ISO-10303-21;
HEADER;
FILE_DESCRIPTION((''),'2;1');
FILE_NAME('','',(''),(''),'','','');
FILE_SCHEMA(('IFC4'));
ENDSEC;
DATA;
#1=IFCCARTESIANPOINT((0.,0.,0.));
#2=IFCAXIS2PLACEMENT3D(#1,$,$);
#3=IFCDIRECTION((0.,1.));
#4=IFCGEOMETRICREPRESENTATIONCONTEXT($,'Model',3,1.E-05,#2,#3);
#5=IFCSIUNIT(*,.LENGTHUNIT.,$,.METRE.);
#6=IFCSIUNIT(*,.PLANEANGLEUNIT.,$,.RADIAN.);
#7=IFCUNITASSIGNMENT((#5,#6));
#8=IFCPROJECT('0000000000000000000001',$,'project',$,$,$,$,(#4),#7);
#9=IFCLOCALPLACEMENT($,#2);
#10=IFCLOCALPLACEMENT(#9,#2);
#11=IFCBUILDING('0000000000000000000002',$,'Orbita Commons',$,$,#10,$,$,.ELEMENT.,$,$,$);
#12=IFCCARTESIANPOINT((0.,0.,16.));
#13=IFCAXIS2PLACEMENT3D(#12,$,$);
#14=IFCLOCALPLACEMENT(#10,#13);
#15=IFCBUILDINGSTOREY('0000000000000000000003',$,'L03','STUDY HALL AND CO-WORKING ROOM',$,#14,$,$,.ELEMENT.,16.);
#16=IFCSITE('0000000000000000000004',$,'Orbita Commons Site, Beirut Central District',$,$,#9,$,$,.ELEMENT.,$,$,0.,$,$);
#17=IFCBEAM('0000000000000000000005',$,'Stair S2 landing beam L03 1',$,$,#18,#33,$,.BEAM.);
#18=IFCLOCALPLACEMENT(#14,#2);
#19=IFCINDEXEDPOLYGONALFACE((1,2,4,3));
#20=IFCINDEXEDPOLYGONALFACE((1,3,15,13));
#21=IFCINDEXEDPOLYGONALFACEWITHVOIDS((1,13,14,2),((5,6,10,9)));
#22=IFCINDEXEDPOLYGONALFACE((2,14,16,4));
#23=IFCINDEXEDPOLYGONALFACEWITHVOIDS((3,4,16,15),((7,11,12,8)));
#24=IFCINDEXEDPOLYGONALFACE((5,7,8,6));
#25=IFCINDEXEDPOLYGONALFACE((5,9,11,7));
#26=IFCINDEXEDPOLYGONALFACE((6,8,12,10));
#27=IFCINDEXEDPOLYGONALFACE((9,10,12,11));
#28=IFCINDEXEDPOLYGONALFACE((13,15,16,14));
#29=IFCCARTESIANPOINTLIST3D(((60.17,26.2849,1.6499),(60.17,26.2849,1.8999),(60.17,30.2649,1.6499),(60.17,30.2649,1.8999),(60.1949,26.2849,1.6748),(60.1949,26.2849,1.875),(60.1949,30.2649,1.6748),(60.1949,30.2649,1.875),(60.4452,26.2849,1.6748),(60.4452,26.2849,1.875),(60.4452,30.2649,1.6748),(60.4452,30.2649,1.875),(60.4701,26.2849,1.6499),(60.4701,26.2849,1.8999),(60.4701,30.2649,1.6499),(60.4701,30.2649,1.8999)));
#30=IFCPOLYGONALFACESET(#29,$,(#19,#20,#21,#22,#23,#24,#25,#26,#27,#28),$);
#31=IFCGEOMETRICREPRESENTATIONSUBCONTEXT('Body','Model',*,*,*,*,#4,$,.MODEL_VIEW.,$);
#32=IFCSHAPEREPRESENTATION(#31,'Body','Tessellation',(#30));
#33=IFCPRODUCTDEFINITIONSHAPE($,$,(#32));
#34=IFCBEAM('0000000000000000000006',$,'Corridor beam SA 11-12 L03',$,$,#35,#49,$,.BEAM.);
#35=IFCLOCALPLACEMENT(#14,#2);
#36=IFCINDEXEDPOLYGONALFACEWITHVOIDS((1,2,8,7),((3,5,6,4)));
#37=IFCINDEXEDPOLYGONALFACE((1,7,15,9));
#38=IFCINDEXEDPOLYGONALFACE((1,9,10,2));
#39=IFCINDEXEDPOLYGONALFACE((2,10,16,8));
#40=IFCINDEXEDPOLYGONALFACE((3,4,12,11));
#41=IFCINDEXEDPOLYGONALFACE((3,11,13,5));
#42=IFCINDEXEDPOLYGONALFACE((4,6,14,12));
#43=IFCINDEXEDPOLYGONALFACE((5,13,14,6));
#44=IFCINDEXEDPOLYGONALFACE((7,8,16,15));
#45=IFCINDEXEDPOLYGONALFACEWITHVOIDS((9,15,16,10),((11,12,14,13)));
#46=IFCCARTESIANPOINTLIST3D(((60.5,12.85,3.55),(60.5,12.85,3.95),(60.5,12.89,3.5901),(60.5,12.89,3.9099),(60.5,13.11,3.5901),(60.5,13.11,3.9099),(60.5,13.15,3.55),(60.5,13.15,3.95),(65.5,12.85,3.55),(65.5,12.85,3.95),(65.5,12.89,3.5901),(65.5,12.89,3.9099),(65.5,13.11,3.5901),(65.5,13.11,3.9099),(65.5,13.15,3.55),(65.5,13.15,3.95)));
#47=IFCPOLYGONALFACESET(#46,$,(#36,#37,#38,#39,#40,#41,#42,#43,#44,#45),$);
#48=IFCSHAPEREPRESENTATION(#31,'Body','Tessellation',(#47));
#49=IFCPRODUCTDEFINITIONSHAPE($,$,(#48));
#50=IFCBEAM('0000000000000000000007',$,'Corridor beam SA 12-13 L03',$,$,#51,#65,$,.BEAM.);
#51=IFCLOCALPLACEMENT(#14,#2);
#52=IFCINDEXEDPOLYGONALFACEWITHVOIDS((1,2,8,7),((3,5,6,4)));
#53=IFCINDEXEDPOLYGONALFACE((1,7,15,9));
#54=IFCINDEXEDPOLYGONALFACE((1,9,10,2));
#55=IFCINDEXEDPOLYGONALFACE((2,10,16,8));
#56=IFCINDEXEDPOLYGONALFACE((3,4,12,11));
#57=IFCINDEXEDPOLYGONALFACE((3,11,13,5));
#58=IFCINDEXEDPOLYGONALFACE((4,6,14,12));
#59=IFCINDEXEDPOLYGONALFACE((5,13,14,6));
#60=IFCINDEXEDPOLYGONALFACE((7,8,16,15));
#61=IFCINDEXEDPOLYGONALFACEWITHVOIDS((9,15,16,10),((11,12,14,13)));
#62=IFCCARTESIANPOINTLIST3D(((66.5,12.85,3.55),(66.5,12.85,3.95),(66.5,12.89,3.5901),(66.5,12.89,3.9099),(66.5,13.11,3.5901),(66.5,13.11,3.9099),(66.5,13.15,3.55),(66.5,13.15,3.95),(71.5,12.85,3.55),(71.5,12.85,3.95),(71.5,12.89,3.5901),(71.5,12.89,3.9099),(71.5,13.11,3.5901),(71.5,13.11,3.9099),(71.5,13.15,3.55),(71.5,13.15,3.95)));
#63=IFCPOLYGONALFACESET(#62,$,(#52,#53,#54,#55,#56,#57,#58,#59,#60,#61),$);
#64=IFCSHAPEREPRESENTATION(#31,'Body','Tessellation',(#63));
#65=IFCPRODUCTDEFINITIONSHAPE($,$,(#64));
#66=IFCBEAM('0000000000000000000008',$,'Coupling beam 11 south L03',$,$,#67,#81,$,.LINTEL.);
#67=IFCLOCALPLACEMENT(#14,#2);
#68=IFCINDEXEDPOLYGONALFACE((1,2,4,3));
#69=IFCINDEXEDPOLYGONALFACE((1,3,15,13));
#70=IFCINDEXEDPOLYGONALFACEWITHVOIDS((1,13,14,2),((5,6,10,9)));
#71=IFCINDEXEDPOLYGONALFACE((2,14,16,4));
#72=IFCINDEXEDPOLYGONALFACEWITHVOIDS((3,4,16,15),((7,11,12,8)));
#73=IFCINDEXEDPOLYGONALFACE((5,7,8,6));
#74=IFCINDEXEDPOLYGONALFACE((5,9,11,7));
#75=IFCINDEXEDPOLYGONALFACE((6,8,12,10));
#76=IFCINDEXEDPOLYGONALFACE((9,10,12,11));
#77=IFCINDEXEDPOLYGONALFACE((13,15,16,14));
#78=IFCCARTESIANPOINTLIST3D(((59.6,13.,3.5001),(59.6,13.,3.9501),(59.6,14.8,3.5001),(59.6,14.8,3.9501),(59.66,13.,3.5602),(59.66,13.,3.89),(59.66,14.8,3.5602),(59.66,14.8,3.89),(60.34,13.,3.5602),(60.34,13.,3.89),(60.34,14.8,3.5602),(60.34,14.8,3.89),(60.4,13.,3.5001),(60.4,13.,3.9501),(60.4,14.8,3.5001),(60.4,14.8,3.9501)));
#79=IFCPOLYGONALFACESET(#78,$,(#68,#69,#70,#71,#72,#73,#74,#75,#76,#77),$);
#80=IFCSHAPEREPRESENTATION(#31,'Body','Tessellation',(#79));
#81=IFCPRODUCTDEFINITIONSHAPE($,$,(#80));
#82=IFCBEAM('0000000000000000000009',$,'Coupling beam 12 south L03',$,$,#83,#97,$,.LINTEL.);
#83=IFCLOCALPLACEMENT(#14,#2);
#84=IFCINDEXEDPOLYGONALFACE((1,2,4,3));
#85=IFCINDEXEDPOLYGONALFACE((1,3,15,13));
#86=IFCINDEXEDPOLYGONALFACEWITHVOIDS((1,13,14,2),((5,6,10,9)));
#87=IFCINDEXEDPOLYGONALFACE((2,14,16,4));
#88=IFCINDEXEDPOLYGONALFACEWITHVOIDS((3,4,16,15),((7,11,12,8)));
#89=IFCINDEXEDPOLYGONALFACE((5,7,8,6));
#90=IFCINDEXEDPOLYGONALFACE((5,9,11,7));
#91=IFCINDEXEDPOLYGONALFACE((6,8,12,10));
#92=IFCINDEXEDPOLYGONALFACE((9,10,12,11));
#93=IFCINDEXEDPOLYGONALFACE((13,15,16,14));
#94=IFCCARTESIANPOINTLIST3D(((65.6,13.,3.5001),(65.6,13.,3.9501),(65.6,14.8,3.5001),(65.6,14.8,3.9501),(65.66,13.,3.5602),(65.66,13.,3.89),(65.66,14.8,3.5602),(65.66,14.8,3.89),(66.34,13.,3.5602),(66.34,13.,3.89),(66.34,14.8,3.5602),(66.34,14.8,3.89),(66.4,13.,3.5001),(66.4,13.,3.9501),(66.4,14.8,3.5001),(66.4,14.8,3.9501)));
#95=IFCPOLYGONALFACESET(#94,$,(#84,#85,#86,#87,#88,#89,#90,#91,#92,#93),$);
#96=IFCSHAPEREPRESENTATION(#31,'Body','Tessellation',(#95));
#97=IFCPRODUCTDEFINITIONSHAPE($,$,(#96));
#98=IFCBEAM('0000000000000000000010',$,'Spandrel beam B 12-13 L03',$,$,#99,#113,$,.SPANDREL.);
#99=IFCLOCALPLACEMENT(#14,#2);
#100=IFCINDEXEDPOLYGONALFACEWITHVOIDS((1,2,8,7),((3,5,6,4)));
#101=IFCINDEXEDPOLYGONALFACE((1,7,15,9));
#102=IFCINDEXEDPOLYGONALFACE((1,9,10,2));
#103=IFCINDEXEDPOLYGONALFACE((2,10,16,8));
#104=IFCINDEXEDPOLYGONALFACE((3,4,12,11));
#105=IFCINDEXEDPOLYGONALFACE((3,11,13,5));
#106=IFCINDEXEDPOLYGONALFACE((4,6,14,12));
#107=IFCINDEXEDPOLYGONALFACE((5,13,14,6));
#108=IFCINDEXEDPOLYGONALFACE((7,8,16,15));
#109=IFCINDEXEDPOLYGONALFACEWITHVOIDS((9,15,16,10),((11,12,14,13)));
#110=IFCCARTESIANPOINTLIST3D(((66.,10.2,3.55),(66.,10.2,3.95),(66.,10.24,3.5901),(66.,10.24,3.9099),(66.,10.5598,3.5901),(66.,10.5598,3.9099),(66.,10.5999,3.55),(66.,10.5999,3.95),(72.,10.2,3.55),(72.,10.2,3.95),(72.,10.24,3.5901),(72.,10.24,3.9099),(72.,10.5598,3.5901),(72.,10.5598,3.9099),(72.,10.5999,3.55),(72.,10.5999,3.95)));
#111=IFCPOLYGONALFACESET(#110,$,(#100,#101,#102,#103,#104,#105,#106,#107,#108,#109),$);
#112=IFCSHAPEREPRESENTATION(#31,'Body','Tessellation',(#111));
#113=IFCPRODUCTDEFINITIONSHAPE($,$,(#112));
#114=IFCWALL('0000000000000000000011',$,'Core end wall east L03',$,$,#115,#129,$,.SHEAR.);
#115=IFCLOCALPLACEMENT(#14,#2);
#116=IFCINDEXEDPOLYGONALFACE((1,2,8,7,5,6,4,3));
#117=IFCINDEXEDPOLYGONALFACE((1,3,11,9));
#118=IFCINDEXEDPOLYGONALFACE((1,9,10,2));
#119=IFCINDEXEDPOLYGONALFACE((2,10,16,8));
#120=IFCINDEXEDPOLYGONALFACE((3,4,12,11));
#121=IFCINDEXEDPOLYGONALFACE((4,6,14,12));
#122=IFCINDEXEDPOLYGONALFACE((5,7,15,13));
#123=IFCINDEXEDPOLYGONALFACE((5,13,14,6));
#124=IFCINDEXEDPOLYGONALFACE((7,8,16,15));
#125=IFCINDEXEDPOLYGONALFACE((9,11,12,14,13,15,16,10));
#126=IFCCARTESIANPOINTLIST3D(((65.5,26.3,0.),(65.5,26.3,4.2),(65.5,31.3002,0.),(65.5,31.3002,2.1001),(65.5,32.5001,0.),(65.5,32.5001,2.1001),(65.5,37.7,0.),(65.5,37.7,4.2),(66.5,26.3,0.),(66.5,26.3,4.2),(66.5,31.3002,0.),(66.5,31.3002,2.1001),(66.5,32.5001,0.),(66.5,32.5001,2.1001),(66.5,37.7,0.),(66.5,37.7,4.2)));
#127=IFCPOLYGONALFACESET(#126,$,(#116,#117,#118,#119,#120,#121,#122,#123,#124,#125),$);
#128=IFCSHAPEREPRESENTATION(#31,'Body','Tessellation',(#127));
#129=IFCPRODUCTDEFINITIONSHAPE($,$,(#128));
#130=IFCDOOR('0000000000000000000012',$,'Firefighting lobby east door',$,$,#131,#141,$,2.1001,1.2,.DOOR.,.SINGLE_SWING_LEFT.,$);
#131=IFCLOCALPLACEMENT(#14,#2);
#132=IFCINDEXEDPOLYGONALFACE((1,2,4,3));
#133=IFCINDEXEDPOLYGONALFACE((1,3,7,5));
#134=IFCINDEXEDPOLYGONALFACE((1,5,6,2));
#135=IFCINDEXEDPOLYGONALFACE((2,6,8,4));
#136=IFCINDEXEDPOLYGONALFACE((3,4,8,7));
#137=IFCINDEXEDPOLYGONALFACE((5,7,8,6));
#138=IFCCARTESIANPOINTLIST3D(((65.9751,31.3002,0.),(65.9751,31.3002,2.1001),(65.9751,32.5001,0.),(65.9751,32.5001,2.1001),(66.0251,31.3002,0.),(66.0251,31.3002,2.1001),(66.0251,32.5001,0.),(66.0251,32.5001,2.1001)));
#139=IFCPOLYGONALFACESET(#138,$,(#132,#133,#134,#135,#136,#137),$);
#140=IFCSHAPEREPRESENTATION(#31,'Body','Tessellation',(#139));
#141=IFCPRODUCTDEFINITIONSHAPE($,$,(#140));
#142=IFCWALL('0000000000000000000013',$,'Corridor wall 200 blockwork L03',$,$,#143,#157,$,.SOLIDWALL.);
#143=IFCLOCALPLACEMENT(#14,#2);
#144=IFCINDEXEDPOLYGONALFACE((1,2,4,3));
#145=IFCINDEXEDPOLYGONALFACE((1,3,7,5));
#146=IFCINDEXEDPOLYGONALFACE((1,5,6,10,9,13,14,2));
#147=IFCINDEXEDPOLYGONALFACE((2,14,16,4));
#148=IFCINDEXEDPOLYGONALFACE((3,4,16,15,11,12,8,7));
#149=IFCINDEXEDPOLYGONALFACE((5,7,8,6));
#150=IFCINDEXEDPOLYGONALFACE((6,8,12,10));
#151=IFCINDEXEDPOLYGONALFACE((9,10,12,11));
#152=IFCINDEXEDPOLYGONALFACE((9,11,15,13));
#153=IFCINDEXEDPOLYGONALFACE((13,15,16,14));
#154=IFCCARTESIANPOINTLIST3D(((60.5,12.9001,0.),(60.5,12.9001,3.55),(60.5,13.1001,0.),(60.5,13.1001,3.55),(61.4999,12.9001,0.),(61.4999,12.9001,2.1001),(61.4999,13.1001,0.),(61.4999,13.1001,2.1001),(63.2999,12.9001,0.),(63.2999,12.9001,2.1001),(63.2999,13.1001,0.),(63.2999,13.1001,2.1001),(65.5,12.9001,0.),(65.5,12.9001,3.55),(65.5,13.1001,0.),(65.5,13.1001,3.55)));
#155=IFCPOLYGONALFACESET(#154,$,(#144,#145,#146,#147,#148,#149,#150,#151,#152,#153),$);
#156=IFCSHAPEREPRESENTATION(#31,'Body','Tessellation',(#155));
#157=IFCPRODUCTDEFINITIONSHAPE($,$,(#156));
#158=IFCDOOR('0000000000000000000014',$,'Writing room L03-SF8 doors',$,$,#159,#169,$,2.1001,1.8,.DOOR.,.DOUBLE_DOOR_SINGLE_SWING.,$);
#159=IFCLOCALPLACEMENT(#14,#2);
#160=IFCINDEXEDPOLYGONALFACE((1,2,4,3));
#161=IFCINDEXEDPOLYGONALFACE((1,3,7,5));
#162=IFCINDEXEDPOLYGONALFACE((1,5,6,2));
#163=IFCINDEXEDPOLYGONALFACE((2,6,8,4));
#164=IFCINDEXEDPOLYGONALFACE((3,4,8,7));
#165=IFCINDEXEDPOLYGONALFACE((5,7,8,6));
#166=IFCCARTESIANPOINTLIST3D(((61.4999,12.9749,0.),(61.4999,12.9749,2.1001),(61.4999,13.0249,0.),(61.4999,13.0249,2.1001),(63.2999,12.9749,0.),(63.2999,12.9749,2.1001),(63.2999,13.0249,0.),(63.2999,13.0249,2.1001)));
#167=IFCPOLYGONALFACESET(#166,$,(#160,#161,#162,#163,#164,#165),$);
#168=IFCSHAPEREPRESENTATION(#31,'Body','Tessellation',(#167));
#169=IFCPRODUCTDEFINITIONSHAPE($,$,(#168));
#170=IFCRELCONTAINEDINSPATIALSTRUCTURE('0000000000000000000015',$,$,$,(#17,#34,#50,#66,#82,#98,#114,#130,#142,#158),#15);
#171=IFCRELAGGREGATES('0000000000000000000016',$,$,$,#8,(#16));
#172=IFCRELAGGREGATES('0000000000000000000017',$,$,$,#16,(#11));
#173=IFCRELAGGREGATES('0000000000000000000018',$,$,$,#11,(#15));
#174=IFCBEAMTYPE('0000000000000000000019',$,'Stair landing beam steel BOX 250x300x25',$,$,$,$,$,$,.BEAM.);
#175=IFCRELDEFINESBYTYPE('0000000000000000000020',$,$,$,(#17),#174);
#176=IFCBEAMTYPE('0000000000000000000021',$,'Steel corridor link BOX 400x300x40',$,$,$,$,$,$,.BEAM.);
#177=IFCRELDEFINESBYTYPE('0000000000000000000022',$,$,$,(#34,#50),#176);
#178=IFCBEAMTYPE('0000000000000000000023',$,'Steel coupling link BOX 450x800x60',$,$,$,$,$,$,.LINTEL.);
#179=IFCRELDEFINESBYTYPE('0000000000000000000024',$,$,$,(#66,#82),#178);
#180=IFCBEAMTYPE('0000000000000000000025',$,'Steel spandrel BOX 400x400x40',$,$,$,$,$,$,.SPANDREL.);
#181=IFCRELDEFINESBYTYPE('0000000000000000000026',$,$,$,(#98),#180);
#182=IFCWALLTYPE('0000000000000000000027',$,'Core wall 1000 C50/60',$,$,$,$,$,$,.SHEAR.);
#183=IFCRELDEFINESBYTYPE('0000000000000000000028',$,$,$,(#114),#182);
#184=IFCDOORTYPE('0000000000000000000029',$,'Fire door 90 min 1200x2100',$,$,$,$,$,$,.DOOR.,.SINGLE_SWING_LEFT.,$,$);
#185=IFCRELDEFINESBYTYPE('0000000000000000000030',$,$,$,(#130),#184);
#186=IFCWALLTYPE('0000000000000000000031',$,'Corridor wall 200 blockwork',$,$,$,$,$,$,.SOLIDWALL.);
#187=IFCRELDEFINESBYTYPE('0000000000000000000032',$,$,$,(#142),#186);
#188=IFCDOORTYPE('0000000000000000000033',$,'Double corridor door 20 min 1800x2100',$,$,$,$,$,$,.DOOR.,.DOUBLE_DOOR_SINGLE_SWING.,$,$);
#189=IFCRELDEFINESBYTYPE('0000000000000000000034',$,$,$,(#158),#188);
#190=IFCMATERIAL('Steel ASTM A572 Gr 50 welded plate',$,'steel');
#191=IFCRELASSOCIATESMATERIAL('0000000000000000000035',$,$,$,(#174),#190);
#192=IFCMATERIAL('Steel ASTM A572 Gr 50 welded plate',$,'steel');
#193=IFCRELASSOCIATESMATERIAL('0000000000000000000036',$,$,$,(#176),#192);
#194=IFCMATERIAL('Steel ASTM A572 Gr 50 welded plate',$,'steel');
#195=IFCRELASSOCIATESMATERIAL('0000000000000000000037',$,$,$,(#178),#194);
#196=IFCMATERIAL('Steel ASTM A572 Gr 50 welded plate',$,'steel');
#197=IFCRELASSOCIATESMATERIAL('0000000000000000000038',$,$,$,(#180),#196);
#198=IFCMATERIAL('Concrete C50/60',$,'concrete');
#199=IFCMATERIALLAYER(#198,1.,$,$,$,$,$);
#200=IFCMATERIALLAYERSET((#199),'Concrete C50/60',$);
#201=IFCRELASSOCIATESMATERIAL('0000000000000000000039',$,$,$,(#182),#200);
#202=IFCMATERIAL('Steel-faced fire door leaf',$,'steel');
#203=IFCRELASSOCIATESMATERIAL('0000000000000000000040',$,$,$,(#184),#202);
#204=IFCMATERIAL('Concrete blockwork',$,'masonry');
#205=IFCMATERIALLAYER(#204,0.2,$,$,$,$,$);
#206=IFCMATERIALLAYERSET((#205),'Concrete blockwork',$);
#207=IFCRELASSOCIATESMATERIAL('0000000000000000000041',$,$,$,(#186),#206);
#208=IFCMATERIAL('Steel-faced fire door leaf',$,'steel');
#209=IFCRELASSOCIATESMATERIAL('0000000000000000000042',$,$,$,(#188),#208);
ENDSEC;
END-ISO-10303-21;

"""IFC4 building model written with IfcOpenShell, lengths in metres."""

from ifc_helpers import new_model, si_unit, direction, frame, frame_2d, origin, origin_2d, place, context, subcontext, project, spatial, polyline, rectangle, hollow_rectangle, outline, extrude, material, layer, layer_set, material_profile, profile_set, type_object, element, fill, save


model = new_model("IFC4")

# Units and contexts
model_context = context("Model", 3, precision=1e-05, world=origin(), true_north=direction((0.0, 1.0)))
body_context = subcontext(model_context, "Body", "Model", "MODEL_VIEW")
ifc_project = project(units=[si_unit("LENGTHUNIT", "METRE"), si_unit("PLANEANGLEUNIT", "RADIAN")], contexts=[model_context])

# Site, building, storey
site_placement = place(None, origin())
site = spatial("IfcSite", under=ifc_project, at=site_placement, Name="Orbita Commons Site, Beirut Central District", CompositionType="ELEMENT", RefElevation=0.0)
building_placement = place(site_placement, origin())
building = spatial("IfcBuilding", under=site, at=building_placement, Name="Orbita Commons", CompositionType="ELEMENT")
storey_placement = place(building_placement, frame((0.0, 0.0, 16.0)))
storey = spatial("IfcBuildingStorey", under=building, at=storey_placement, Name="L03", Description="STUDY HALL AND CO-WORKING ROOM", CompositionType="ELEMENT", Elevation=16.0)

# Beams
ifc_material_1 = material(Name="Steel ASTM A572 Gr 50 welded plate", Category="steel")
ifc_material_profile_1 = material_profile(ifc_material_1, hollow_rectangle(XDim=0.3, YDim=0.25, WallThickness=0.0249, at=origin_2d()), Name="BOX 250x300x25")
ifc_profile_set_1 = profile_set([ifc_material_profile_1], Name="Steel ASTM A572 Gr 50 welded plate")
beam_type_1 = type_object("IfcBeamType", Name="Stair landing beam steel BOX 250x300x25", PredefinedType="BEAM", material=ifc_profile_set_1)
beam_1_placement = place(storey_placement, frame((60.3201, 26.2849, 1.7749), z_axis=(0.0, 1.0, 0.0), x_axis=(-1.0, 0.0, 0.0)))
element("IfcBeam", 1, at=beam_1_placement, inside=storey, type_object=beam_type_1, Name="Stair S2 landing beam L03 1", PredefinedType="BEAM", context=body_context, shape_type="SweptSolid", body=[
    extrude(hollow_rectangle(XDim=0.3, YDim=0.25, WallThickness=0.0249, at=origin_2d()), origin(), (0.0, 0.0, 1.0), 3.98),
])
ifc_material_2 = material(Name="Steel ASTM A572 Gr 50 welded plate", Category="steel")
ifc_material_profile_2 = material_profile(ifc_material_2, hollow_rectangle(XDim=0.3, YDim=0.3999, WallThickness=0.04, at=origin_2d()), Name="BOX 400x300x40")
ifc_profile_set_2 = profile_set([ifc_material_profile_2], Name="Steel ASTM A572 Gr 50 welded plate")
beam_type_2 = type_object("IfcBeamType", Name="Steel corridor link BOX 400x300x40", PredefinedType="BEAM", material=ifc_profile_set_2)
for number, where, z_axis, x_axis, name in (
    (2, (60.5, 13.0, 3.75), (1.0, 0.0, 0.0), (0.0, 1.0, 0.0), "Corridor beam SA 11-12 L03"),
    (3, (66.5, 13.0, 3.75), (1.0, 0.0, 0.0), (0.0, 1.0, 0.0), "Corridor beam SA 12-13 L03"),
):
    element("IfcBeam", number, at=place(storey_placement, frame(where, z_axis=z_axis, x_axis=x_axis)), inside=storey, type_object=beam_type_2, Name=name, PredefinedType="BEAM", context=body_context, shape_type="SweptSolid", body=[
        extrude(hollow_rectangle(XDim=0.3, YDim=0.3999, WallThickness=0.04, at=origin_2d()), origin(), (0.0, 0.0, 1.0), 5.0),
    ])
ifc_material_3 = material(Name="Steel ASTM A572 Gr 50 welded plate", Category="steel")
ifc_material_profile_3 = material_profile(ifc_material_3, hollow_rectangle(XDim=0.8, YDim=0.45, WallThickness=0.0601, at=origin_2d()), Name="BOX 450x800x60")
ifc_profile_set_3 = profile_set([ifc_material_profile_3], Name="Steel ASTM A572 Gr 50 welded plate")
beam_type_3 = type_object("IfcBeamType", Name="Steel coupling link BOX 450x800x60", PredefinedType="LINTEL", material=ifc_profile_set_3)
for number, where, z_axis, x_axis, name in (
    (4, (60.0, 13.0, 3.7251), (0.0, 1.0, 0.0), (-1.0, 0.0, 0.0), "Coupling beam 11 south L03"),
    (5, (66.0, 13.0, 3.7251), (0.0, 1.0, 0.0), (-1.0, 0.0, 0.0), "Coupling beam 12 south L03"),
):
    element("IfcBeam", number, at=place(storey_placement, frame(where, z_axis=z_axis, x_axis=x_axis)), inside=storey, type_object=beam_type_3, Name=name, PredefinedType="LINTEL", context=body_context, shape_type="SweptSolid", body=[
        extrude(hollow_rectangle(XDim=0.8, YDim=0.45, WallThickness=0.0601, at=origin_2d()), origin(), (0.0, 0.0, 1.0), 1.8),
    ])
ifc_material_4 = material(Name="Steel ASTM A572 Gr 50 welded plate", Category="steel")
ifc_material_profile_4 = material_profile(ifc_material_4, hollow_rectangle(XDim=0.3999, YDim=0.3999, WallThickness=0.04, at=origin_2d()), Name="BOX 400x400x40")
ifc_profile_set_4 = profile_set([ifc_material_profile_4], Name="Steel ASTM A572 Gr 50 welded plate")
beam_type_4 = type_object("IfcBeamType", Name="Steel spandrel BOX 400x400x40", PredefinedType="SPANDREL", material=ifc_profile_set_4)
beam_2_placement = place(storey_placement, frame((66.0, 10.3999, 3.75), z_axis=(1.0, 0.0, 0.0), x_axis=(0.0, 1.0, 0.0)))
element("IfcBeam", 6, at=beam_2_placement, inside=storey, type_object=beam_type_4, Name="Spandrel beam B 12-13 L03", PredefinedType="SPANDREL", context=body_context, shape_type="SweptSolid", body=[
    extrude(hollow_rectangle(XDim=0.3999, YDim=0.3999, WallThickness=0.04, at=origin_2d()), origin(), (0.0, 0.0, 1.0), 6.0),
])

# Walls, openings, doors
ifc_material_5 = material(Name="Concrete C50/60", Category="concrete")
ifc_layer_1 = layer(ifc_material_5, 1.0)
ifc_layer_set_1 = layer_set([ifc_layer_1], Name="Concrete C50/60")
wall_type_1 = type_object("IfcWallType", Name="Core wall 1000 C50/60", PredefinedType="SHEAR", material=ifc_layer_set_1)
wall_1_placement = place(storey_placement, frame((66.0, 26.3, 0.0), z_axis=(0.0, 0.0, 1.0), x_axis=(0.0, 1.0, 0.0)))
wall_1 = element("IfcWall", 7, at=wall_1_placement, inside=storey, type_object=wall_type_1, Name="Core end wall east L03", PredefinedType="SHEAR", context=body_context, shape_type="SweptSolid", body=[
    extrude(rectangle(XDim=11.3999, YDim=1.0, at=frame_2d((5.7, 0.0))), origin(), (0.0, 0.0, 1.0), 4.2),
])
opening_1_placement = place(wall_1_placement, frame((5.0, 0.0, 0.0)))
opening_1 = element("IfcOpeningElement", 8, at=opening_1_placement, cuts=wall_1, PredefinedType="OPENING", context=body_context, shape_type="SweptSolid", body=[
    extrude(rectangle(XDim=1.2, YDim=2.1001, at=frame_2d((0.6001, 1.05))), frame((0.0, 0.51, 0.0), z_axis=(0.0, -1.0, 0.0), x_axis=(1.0, 0.0, 0.0)), (0.0, 0.0, 1.0), 1.02),
])
ifc_material_6 = material(Name="Steel-faced fire door leaf", Category="steel")
door_type_1 = type_object("IfcDoorType", Name="Fire door 90 min 1200x2100", OperationType="SINGLE_SWING_LEFT", PredefinedType="DOOR", material=ifc_material_6)
door_1_placement = place(opening_1_placement, origin())
door_1 = element("IfcDoor", 9, at=door_1_placement, inside=storey, type_object=door_type_1, Name="Firefighting lobby east door", OperationType="SINGLE_SWING_LEFT", OverallHeight=2.1001, OverallWidth=1.2, PredefinedType="DOOR", context=body_context, shape_type="SweptSolid", body=[
    extrude(rectangle(XDim=1.2, YDim=2.1001, at=frame_2d((0.6001, 1.05))), frame((0.0, 0.0249, 0.0), z_axis=(0.0, -1.0, 0.0), x_axis=(1.0, 0.0, 0.0)), (0.0, 0.0, 1.0), 0.05),
])
fill(opening_1, door_1)
ifc_material_7 = material(Name="Concrete blockwork", Category="masonry")
ifc_layer_2 = layer(ifc_material_7, 0.2)
ifc_layer_set_2 = layer_set([ifc_layer_2], Name="Concrete blockwork")
wall_type_2 = type_object("IfcWallType", Name="Corridor wall 200 blockwork", PredefinedType="SOLIDWALL", material=ifc_layer_set_2)
wall_2_placement = place(storey_placement, frame((60.5, 13.0, 0.0), z_axis=(0.0, 0.0, 1.0), x_axis=(1.0, 0.0, 0.0)))
wall_2 = element("IfcWall", 10, at=wall_2_placement, inside=storey, type_object=wall_type_2, Name="Corridor wall 200 blockwork L03", PredefinedType="SOLIDWALL", context=body_context, shape_type="SweptSolid", body=[
    extrude(outline(polyline([(0.0, 0.0), (5.0, 0.0), (5.0, 3.55), (0.0, 3.55), (0.0, 0.0)])), frame((0.0, 0.1001, 0.0), z_axis=(0.0, -1.0, 0.0), x_axis=(1.0, 0.0, 0.0)), (0.0, 0.0, 1.0), 0.2),
])
opening_2_placement = place(wall_2_placement, frame((1.0, 0.0, 0.0)))
opening_2 = element("IfcOpeningElement", 11, at=opening_2_placement, cuts=wall_2, PredefinedType="OPENING", context=body_context, shape_type="SweptSolid", body=[
    extrude(rectangle(XDim=1.8, YDim=2.1001, at=frame_2d((0.8999, 1.05))), frame((0.0, 0.1099, 0.0), z_axis=(0.0, -1.0, 0.0), x_axis=(1.0, 0.0, 0.0)), (0.0, 0.0, 1.0), 0.22),
])
ifc_material_8 = material(Name="Steel-faced fire door leaf", Category="steel")
door_type_2 = type_object("IfcDoorType", Name="Double corridor door 20 min 1800x2100", OperationType="DOUBLE_DOOR_SINGLE_SWING", PredefinedType="DOOR", material=ifc_material_8)
door_2_placement = place(opening_2_placement, origin())
door_2 = element("IfcDoor", 12, at=door_2_placement, inside=storey, type_object=door_type_2, Name="Writing room L03-SF8 doors", OperationType="DOUBLE_DOOR_SINGLE_SWING", OverallHeight=2.1001, OverallWidth=1.8, PredefinedType="DOOR", context=body_context, shape_type="SweptSolid", body=[
    extrude(rectangle(XDim=1.8, YDim=2.1001, at=frame_2d((0.8999, 1.05))), frame((0.0, 0.0249, 0.0), z_axis=(0.0, -1.0, 0.0), x_axis=(1.0, 0.0, 0.0)), (0.0, 0.0, 1.0), 0.05),
])
fill(opening_2, door_2)

save(model, "model.ifc")
